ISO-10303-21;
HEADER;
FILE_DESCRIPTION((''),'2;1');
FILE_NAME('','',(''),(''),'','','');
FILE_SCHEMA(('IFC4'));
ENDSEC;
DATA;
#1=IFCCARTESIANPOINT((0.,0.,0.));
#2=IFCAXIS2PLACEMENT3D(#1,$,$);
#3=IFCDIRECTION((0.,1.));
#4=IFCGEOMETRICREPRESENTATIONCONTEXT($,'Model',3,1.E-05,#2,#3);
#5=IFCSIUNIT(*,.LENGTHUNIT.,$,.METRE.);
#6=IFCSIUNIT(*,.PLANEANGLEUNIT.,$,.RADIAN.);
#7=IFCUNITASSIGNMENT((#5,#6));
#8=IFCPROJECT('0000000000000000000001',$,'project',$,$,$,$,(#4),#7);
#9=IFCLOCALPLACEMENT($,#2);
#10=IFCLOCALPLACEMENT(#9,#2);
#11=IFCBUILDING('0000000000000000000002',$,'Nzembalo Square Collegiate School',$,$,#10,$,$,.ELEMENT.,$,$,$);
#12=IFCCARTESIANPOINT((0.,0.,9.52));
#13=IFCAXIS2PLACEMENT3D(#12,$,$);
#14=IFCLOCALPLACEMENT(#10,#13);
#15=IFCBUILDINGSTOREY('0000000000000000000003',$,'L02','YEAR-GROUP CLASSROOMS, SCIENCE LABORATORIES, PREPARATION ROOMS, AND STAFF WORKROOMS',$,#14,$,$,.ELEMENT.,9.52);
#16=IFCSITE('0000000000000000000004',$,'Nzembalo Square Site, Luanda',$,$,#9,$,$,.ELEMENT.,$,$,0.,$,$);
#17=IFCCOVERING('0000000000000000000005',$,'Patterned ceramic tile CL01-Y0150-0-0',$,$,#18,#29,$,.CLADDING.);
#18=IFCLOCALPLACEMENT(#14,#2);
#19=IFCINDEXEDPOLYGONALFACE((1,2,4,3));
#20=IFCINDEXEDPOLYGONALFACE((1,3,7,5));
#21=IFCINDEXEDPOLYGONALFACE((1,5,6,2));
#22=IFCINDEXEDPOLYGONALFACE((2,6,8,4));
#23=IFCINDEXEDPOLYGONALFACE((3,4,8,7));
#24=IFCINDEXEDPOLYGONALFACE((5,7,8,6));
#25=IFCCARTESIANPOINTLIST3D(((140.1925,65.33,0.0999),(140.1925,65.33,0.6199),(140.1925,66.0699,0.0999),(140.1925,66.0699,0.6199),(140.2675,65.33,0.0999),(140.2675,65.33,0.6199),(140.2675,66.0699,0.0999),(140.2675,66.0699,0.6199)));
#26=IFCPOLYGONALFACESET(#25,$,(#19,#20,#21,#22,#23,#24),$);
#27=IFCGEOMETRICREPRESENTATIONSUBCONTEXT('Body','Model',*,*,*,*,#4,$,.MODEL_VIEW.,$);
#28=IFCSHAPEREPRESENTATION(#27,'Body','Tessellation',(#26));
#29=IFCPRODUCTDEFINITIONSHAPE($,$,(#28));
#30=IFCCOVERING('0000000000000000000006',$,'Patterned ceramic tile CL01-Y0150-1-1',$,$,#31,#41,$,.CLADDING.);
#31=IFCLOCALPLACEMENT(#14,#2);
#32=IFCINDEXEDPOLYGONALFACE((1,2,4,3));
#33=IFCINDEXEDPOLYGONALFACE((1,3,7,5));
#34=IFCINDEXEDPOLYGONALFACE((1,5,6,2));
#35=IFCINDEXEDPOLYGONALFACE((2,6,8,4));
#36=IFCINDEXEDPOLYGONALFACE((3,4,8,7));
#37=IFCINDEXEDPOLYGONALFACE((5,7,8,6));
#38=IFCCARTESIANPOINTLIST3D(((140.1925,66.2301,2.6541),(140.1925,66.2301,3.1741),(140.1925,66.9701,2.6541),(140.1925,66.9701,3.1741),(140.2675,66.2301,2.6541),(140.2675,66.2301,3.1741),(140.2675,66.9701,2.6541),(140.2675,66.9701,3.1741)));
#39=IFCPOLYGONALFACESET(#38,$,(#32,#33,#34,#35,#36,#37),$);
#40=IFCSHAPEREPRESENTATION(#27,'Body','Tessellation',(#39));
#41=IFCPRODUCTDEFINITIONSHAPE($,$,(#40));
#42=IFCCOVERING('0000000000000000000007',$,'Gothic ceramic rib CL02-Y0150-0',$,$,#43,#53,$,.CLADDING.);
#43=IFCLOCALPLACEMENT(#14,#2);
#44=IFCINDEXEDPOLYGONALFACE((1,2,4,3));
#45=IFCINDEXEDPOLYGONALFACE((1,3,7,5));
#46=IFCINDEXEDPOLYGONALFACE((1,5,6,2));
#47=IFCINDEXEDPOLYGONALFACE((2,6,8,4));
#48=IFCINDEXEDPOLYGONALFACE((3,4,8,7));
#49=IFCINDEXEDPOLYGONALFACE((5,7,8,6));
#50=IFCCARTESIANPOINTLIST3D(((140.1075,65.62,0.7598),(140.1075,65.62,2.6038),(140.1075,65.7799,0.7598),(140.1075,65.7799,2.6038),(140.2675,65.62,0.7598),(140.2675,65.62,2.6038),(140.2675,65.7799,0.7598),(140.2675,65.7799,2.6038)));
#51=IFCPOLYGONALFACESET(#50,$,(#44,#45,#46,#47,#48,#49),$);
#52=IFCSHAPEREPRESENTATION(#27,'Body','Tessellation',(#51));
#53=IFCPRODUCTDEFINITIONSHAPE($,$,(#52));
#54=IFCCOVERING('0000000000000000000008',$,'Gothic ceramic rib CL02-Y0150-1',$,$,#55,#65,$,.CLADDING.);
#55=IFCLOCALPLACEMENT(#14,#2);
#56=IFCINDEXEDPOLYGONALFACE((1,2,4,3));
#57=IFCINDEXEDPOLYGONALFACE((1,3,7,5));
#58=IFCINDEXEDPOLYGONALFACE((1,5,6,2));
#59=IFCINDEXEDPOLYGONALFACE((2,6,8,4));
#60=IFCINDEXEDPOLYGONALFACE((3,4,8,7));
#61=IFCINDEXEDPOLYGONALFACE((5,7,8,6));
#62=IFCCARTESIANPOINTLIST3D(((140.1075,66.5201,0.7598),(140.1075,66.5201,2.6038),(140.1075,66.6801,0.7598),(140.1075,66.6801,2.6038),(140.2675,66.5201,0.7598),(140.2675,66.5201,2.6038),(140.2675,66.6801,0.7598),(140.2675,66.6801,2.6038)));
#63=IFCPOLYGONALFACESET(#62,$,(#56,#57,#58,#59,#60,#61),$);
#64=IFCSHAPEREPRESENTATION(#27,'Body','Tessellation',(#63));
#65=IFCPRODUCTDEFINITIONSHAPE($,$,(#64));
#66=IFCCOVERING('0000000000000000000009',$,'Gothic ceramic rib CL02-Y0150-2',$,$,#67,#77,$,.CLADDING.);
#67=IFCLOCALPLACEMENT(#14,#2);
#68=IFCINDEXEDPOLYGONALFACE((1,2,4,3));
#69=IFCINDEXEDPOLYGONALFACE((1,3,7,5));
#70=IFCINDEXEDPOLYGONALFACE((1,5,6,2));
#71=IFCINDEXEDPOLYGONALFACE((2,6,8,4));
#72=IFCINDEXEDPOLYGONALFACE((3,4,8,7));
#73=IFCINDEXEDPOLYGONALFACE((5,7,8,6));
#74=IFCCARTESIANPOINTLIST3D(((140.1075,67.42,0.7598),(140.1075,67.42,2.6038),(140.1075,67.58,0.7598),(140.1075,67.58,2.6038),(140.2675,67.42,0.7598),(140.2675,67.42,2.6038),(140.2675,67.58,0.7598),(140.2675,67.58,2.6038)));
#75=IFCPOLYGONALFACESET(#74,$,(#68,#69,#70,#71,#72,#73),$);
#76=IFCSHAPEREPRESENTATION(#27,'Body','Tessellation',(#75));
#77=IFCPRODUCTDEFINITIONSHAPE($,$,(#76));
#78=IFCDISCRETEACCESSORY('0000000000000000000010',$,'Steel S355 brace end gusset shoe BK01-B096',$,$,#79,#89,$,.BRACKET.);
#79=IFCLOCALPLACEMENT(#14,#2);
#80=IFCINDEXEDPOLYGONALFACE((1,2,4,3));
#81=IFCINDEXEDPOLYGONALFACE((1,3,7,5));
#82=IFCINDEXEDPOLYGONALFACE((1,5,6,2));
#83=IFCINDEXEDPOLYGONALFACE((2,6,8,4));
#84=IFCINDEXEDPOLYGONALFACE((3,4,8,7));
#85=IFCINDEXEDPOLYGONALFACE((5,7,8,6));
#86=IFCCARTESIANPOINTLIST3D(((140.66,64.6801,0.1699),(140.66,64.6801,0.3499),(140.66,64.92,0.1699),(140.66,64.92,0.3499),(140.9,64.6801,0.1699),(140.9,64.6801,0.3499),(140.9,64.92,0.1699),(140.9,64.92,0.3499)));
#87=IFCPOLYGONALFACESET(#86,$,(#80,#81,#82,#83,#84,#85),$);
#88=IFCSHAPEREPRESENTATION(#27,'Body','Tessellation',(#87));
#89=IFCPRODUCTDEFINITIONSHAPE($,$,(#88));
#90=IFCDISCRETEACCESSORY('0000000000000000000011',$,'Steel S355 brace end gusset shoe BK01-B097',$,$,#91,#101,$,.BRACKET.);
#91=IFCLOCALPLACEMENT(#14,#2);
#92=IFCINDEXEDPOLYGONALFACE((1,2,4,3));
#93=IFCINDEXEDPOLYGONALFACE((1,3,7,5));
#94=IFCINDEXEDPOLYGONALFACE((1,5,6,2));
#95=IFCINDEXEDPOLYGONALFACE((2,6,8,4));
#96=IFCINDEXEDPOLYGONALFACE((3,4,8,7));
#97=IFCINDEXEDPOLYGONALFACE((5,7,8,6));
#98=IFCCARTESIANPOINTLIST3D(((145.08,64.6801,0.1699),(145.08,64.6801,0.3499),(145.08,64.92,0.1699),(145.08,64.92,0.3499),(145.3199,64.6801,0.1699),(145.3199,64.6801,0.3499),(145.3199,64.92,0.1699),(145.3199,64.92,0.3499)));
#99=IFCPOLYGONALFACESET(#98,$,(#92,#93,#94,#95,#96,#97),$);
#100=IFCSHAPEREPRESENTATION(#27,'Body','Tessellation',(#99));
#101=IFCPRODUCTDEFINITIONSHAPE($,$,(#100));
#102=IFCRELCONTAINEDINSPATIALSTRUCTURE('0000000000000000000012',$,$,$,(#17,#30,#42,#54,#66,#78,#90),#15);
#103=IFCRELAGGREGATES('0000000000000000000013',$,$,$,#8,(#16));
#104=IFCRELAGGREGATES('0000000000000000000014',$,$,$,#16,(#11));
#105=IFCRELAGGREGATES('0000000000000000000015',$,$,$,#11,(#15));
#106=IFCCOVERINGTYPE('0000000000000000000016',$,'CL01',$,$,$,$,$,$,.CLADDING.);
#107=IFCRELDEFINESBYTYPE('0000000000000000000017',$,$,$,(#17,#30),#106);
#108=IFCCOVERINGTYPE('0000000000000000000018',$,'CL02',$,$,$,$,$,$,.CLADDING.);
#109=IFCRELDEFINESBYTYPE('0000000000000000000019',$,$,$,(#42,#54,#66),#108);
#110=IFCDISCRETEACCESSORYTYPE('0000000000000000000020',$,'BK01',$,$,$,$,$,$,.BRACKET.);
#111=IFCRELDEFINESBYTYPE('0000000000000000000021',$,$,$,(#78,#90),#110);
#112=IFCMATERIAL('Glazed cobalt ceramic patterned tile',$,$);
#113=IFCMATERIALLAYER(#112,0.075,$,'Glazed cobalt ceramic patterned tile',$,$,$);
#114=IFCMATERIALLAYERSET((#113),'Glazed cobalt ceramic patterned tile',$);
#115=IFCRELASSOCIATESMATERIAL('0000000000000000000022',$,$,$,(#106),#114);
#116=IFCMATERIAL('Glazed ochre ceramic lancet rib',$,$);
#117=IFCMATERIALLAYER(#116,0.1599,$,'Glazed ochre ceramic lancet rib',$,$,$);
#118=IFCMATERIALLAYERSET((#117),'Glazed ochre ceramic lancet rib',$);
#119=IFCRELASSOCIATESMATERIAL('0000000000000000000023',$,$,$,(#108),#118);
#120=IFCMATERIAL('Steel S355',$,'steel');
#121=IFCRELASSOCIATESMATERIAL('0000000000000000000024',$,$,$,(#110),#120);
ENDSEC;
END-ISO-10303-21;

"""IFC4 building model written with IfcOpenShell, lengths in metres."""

from ifc_helpers import new_model, si_unit, direction, frame, origin, origin_2d, place, context, subcontext, project, spatial, rectangle, extrude, material, layer, layer_set, type_object, element, save


model = new_model("IFC4")

# Units and contexts
model_context = context("Model", 3, precision=1e-05, world=origin(), true_north=direction((0.0, 1.0)))
body_context = subcontext(model_context, "Body", "Model", "MODEL_VIEW")
ifc_project = project(units=[si_unit("LENGTHUNIT", "METRE"), si_unit("PLANEANGLEUNIT", "RADIAN")], contexts=[model_context])

# Site, building, storey
site_placement = place(None, origin())
site = spatial("IfcSite", under=ifc_project, at=site_placement, Name="Nzembalo Square Site, Luanda", CompositionType="ELEMENT", RefElevation=0.0)
building_placement = place(site_placement, origin())
building = spatial("IfcBuilding", under=site, at=building_placement, Name="Nzembalo Square Collegiate School", CompositionType="ELEMENT")
storey_placement = place(building_placement, frame((0.0, 0.0, 9.52)))
storey = spatial("IfcBuildingStorey", under=building, at=storey_placement, Name="L02", Description="YEAR-GROUP CLASSROOMS, SCIENCE LABORATORIES, PREPARATION ROOMS, AND STAFF WORKROOMS", CompositionType="ELEMENT", Elevation=9.52)

# Coverings
ifc_material_1 = material(Name="Glazed cobalt ceramic patterned tile")
ifc_layer_1 = layer(ifc_material_1, 0.075, Name="Glazed cobalt ceramic patterned tile")
ifc_layer_set_1 = layer_set([ifc_layer_1], Name="Glazed cobalt ceramic patterned tile")
covering_type_1 = type_object("IfcCoveringType", Name="CL01", PredefinedType="CLADDING", material=ifc_layer_set_1)
for number, where, z_axis, x_axis, name in (
    (1, (140.23, 65.7, 0.0999), (0.0, 0.0, 1.0), (1.0, 0.0, 0.0), "Patterned ceramic tile CL01-Y0150-0-0"),
    (2, (140.23, 66.6001, 2.6541), (0.0, 0.0, 1.0), (1.0, 0.0, 0.0), "Patterned ceramic tile CL01-Y0150-1-1"),
):
    element("IfcCovering", number, at=place(storey_placement, frame(where, z_axis=z_axis, x_axis=x_axis)), inside=storey, type_object=covering_type_1, Name=name, PredefinedType="CLADDING", context=body_context, shape_type="SweptSolid", body=[
        extrude(rectangle(XDim=0.075, YDim=0.74, at=origin_2d()), origin(), (0.0, 0.0, 1.0), 0.52),
    ])
ifc_material_2 = material(Name="Glazed ochre ceramic lancet rib")
ifc_layer_2 = layer(ifc_material_2, 0.1599, Name="Glazed ochre ceramic lancet rib")
ifc_layer_set_2 = layer_set([ifc_layer_2], Name="Glazed ochre ceramic lancet rib")
covering_type_2 = type_object("IfcCoveringType", Name="CL02", PredefinedType="CLADDING", material=ifc_layer_set_2)
for number, where, z_axis, x_axis, name in (
    (3, (140.1875, 65.7, 0.7598), (0.0, 0.0, 1.0), (1.0, 0.0, 0.0), "Gothic ceramic rib CL02-Y0150-0"),
    (4, (140.1875, 66.6001, 0.7598), (0.0, 0.0, 1.0), (1.0, 0.0, 0.0), "Gothic ceramic rib CL02-Y0150-1"),
    (5, (140.1875, 67.5, 0.7598), (0.0, 0.0, 1.0), (1.0, 0.0, 0.0), "Gothic ceramic rib CL02-Y0150-2"),
):
    element("IfcCovering", number, at=place(storey_placement, frame(where, z_axis=z_axis, x_axis=x_axis)), inside=storey, type_object=covering_type_2, Name=name, PredefinedType="CLADDING", context=body_context, shape_type="SweptSolid", body=[
        extrude(rectangle(XDim=0.1599, YDim=0.1599, at=origin_2d()), origin(), (0.0, 0.0, 1.0), 1.844),
    ])

# Discrete accessories
ifc_material_3 = material(Name="Steel S355", Category="steel")
discrete_accessory_type = type_object("IfcDiscreteAccessoryType", Name="BK01", PredefinedType="BRACKET", material=ifc_material_3)
for number, where, z_axis, x_axis, name in (
    (6, (140.78, 64.8, 0.1699), (0.0, 0.0, 1.0), (1.0, 0.0, 0.0), "Steel S355 brace end gusset shoe BK01-B096"),
    (7, (145.2, 64.8, 0.1699), (0.0, 0.0, 1.0), (1.0, 0.0, 0.0), "Steel S355 brace end gusset shoe BK01-B097"),
):
    element("IfcDiscreteAccessory", number, at=place(storey_placement, frame(where, z_axis=z_axis, x_axis=x_axis)), inside=storey, type_object=discrete_accessory_type, Name=name, PredefinedType="BRACKET", context=body_context, shape_type="SweptSolid", body=[
        extrude(rectangle(XDim=0.24, YDim=0.24, at=origin_2d()), origin(), (0.0, 0.0, 1.0), 0.1799),
    ])

save(model, "model.ifc")
